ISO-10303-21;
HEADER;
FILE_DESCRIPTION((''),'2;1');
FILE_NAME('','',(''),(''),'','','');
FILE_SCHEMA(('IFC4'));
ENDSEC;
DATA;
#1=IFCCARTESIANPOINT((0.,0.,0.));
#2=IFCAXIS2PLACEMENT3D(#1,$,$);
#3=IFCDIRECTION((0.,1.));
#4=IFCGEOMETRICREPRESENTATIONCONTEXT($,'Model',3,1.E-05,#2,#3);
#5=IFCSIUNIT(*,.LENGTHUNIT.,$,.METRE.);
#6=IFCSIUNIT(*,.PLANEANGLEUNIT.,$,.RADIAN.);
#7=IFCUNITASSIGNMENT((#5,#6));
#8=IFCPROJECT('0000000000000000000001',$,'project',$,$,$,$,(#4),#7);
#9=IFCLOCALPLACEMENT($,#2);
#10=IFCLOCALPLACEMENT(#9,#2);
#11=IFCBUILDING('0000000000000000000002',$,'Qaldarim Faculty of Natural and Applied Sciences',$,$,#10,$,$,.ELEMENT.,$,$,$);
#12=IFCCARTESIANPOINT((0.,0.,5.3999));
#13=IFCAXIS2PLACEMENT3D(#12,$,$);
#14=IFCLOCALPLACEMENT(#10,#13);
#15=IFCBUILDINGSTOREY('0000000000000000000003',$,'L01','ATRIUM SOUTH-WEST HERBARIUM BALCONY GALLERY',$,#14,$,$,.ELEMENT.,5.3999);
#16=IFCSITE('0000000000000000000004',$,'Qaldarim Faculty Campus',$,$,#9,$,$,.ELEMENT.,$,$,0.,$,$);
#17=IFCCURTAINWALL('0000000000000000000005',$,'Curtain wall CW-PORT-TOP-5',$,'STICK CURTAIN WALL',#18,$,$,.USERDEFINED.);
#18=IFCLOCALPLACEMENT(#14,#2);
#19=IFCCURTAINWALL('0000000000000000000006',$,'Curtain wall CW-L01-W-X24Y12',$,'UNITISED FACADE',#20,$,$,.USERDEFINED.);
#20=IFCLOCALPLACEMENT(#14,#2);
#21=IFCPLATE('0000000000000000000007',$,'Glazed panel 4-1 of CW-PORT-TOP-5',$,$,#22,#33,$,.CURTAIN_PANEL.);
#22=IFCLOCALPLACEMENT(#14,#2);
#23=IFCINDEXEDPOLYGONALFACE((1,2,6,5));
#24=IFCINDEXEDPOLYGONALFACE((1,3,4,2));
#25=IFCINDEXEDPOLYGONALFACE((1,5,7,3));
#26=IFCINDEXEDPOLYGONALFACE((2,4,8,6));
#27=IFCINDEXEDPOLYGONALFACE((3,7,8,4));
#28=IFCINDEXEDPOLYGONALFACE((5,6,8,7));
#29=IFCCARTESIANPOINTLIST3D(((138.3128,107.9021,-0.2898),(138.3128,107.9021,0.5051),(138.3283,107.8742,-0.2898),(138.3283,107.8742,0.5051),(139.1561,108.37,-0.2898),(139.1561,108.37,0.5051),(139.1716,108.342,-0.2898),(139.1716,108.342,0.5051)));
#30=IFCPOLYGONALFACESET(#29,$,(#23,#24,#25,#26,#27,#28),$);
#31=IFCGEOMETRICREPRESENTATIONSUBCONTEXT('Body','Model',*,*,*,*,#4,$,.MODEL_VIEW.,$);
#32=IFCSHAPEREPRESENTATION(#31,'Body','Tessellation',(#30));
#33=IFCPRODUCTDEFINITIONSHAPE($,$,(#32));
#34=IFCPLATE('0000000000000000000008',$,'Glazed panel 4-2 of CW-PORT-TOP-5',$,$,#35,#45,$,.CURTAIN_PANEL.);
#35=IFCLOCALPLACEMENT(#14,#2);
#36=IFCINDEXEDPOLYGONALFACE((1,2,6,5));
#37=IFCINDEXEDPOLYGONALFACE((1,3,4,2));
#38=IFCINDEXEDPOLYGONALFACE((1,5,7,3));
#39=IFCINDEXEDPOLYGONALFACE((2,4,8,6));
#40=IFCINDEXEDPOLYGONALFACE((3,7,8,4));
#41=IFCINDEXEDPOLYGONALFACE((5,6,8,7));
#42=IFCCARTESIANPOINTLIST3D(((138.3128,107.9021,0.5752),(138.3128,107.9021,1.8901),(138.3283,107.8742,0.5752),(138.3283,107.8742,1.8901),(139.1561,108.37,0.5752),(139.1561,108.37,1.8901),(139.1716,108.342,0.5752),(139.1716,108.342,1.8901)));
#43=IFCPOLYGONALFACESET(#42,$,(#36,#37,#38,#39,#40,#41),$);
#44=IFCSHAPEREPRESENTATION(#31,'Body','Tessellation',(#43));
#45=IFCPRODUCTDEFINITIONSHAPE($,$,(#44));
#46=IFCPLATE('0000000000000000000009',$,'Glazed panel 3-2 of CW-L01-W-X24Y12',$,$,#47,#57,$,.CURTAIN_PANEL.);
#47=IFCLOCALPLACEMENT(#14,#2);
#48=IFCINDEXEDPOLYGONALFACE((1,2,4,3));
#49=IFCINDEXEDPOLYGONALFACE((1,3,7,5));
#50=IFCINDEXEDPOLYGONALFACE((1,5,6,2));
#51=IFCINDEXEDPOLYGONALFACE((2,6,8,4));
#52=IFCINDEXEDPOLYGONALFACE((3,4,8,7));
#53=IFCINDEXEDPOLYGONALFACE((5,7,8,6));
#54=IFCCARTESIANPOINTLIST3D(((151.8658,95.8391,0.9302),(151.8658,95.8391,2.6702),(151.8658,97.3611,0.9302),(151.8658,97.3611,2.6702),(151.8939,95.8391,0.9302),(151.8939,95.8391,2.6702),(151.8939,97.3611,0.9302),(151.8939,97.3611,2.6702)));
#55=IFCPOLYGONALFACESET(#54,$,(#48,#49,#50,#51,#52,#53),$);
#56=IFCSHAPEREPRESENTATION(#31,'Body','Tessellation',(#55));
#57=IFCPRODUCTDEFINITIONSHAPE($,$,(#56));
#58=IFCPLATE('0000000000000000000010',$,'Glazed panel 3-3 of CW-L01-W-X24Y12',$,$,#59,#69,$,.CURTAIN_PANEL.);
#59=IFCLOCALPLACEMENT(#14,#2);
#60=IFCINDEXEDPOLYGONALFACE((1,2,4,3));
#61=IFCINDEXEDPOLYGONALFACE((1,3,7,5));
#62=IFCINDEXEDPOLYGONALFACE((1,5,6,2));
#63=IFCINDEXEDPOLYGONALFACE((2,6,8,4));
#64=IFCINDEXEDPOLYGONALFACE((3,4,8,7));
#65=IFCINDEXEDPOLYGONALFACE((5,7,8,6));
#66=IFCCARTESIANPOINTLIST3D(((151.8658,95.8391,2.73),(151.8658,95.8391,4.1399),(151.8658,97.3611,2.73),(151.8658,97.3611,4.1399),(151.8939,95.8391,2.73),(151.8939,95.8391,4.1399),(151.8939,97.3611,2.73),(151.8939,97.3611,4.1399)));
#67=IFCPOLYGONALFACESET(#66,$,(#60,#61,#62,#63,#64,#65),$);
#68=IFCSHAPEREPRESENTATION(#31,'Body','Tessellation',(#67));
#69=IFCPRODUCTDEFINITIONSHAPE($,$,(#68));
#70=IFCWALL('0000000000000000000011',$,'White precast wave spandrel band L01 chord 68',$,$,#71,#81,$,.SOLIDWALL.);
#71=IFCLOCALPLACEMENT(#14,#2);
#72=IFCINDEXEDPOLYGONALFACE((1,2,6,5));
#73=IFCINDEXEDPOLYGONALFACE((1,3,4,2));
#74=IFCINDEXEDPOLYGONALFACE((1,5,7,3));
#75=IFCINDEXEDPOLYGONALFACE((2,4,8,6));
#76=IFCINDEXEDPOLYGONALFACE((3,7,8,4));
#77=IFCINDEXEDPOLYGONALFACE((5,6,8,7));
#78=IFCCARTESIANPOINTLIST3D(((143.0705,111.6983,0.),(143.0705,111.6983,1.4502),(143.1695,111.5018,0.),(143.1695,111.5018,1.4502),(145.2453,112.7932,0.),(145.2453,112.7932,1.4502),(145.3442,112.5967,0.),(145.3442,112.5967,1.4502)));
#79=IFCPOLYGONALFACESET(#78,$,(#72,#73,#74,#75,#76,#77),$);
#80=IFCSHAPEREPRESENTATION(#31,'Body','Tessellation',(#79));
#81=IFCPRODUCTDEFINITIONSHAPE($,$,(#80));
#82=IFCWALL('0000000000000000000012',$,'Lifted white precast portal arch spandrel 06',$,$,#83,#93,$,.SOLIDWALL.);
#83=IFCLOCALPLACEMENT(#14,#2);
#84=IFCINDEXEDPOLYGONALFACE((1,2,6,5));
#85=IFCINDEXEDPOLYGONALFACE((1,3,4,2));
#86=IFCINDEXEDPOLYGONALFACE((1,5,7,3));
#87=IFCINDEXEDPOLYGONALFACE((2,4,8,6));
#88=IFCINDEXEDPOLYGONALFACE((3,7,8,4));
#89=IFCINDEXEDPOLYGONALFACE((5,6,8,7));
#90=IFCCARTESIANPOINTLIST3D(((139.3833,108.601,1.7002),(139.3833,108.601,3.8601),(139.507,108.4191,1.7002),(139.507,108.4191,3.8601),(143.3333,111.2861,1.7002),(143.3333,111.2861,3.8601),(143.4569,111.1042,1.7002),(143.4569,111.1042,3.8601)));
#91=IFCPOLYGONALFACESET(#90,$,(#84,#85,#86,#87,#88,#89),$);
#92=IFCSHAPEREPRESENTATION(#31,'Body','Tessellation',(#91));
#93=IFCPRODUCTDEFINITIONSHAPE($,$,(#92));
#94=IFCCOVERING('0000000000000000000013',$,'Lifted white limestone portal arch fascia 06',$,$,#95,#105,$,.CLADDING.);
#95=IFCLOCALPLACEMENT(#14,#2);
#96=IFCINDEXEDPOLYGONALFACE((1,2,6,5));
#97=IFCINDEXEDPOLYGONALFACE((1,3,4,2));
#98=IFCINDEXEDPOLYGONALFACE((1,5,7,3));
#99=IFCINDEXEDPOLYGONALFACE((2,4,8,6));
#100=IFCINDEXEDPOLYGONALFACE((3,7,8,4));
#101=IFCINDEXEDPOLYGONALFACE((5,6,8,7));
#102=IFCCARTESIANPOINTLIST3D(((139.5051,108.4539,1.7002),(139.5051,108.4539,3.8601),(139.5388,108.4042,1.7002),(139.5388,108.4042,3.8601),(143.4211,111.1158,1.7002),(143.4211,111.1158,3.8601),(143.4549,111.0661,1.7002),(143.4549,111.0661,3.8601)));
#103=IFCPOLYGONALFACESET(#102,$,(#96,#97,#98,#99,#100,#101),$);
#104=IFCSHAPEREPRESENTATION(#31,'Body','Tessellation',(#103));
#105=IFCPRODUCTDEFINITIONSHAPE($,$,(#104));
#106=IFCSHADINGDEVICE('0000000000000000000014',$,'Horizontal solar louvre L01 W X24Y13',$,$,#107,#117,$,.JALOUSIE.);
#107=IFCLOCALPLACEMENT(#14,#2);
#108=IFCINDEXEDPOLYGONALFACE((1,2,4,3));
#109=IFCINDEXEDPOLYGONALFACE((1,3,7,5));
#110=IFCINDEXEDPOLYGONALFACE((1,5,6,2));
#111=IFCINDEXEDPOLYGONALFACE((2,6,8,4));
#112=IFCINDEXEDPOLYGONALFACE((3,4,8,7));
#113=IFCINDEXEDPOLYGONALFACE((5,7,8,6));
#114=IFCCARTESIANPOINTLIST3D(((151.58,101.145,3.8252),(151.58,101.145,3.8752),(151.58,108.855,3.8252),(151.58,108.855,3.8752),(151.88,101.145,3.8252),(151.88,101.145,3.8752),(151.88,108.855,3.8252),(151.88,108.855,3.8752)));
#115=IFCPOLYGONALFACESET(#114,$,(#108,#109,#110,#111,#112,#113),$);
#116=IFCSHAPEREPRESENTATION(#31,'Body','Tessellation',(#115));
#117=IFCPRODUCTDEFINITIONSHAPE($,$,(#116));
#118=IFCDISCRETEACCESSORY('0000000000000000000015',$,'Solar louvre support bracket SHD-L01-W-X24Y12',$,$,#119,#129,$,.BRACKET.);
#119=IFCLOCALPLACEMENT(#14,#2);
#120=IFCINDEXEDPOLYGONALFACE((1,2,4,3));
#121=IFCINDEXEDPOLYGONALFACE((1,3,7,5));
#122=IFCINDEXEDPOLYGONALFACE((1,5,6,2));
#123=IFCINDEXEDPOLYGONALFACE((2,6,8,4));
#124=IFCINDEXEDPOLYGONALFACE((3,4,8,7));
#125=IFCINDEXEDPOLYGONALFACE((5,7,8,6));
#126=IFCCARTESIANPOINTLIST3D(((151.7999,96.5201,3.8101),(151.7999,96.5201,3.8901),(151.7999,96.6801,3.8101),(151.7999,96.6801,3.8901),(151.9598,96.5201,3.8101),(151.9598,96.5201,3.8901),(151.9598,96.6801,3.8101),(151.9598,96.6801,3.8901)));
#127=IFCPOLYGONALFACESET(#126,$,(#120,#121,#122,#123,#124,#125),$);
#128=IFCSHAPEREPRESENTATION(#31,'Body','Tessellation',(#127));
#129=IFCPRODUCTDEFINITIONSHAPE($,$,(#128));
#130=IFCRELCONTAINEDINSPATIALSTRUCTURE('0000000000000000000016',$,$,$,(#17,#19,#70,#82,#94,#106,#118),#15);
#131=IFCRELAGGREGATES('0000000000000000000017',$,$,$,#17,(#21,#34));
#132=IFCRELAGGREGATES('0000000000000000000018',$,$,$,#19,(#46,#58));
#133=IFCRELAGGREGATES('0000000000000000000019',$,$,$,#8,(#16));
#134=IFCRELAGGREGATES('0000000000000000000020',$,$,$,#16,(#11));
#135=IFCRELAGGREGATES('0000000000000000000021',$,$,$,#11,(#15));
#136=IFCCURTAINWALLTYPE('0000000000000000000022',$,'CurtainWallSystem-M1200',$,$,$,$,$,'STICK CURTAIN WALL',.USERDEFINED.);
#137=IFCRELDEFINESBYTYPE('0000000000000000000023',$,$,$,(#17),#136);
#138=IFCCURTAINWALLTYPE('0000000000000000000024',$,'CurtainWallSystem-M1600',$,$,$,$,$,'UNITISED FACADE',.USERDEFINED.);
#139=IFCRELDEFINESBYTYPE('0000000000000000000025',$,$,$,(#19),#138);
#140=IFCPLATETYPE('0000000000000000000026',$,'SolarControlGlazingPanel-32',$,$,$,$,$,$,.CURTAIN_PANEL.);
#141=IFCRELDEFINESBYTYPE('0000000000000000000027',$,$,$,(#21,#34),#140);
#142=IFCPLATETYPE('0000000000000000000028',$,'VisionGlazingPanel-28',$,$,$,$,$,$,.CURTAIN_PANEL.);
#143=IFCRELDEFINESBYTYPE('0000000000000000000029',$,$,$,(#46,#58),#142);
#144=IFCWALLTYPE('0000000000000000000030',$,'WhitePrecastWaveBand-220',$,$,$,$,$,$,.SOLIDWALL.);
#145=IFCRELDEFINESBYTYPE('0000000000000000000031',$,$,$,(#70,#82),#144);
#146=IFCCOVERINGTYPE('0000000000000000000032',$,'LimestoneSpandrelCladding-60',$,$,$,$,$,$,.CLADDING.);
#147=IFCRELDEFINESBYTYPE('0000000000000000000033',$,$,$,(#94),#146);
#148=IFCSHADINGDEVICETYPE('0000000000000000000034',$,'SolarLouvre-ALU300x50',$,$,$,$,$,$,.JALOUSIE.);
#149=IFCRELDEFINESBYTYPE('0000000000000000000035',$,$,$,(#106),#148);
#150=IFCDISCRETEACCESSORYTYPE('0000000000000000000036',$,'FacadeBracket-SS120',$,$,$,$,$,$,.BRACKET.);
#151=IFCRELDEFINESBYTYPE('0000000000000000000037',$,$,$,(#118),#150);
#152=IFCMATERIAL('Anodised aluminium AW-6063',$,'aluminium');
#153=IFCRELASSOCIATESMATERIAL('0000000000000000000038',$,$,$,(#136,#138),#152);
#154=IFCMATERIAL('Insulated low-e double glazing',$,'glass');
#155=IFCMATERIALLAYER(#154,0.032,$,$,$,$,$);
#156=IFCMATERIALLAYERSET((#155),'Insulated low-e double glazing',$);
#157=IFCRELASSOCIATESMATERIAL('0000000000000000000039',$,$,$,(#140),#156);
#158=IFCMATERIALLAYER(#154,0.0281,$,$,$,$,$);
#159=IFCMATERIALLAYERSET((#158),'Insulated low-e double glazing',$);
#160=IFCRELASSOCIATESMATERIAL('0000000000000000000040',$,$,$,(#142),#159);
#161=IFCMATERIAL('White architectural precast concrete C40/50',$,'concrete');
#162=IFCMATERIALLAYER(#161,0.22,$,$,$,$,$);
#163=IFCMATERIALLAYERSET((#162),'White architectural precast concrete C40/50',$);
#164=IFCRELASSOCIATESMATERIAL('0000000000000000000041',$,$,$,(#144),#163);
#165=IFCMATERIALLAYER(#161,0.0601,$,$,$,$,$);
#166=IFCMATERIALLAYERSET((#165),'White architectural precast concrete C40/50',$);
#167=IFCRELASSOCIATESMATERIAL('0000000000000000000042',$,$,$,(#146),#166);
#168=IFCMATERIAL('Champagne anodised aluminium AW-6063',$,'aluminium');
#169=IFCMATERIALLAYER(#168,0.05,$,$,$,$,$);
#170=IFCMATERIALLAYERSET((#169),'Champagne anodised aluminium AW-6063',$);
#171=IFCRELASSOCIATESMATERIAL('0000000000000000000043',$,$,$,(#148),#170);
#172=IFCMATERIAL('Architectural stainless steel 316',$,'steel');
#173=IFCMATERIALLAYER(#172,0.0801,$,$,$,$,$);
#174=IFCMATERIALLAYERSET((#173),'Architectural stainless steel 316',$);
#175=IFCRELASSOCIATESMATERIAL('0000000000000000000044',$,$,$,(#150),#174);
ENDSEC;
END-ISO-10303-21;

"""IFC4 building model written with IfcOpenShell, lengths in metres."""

from ifc_helpers import new_model, si_unit, direction, frame, frame_2d, origin, origin_2d, place, context, subcontext, project, spatial, rectangle, extrude, material, layer, layer_set, type_object, element, aggregate, save


model = new_model("IFC4")

# Units and contexts
model_context = context("Model", 3, precision=1e-05, world=origin(), true_north=direction((0.0, 1.0)))
body_context = subcontext(model_context, "Body", "Model", "MODEL_VIEW")
ifc_project = project(units=[si_unit("LENGTHUNIT", "METRE"), si_unit("PLANEANGLEUNIT", "RADIAN")], contexts=[model_context])

# Site, building, storey
site_placement = place(None, origin())
site = spatial("IfcSite", under=ifc_project, at=site_placement, Name="Qaldarim Faculty Campus", CompositionType="ELEMENT", RefElevation=0.0)
building_placement = place(site_placement, origin())
building = spatial("IfcBuilding", under=site, at=building_placement, Name="Qaldarim Faculty of Natural and Applied Sciences", CompositionType="ELEMENT")
storey_placement = place(building_placement, frame((0.0, 0.0, 5.3999)))
storey = spatial("IfcBuildingStorey", under=building, at=storey_placement, Name="L01", Description="ATRIUM SOUTH-WEST HERBARIUM BALCONY GALLERY", CompositionType="ELEMENT", Elevation=5.3999)

# Curtain wall
ifc_material_1 = material(Name="Anodised aluminium AW-6063", Category="aluminium")
curtain_wall_type_1 = type_object("IfcCurtainWallType", Name="CurtainWallSystem-M1200", ElementType="STICK CURTAIN WALL", PredefinedType="USERDEFINED", material=ifc_material_1)
curtain_wall_1_placement = place(storey_placement, origin())
curtain_wall_1 = element("IfcCurtainWall", 1, at=curtain_wall_1_placement, inside=storey, type_object=curtain_wall_type_1, Name="Curtain wall CW-PORT-TOP-5", ObjectType="STICK CURTAIN WALL", PredefinedType="USERDEFINED")

# Curtain wall
curtain_wall_type_2 = type_object("IfcCurtainWallType", Name="CurtainWallSystem-M1600", ElementType="UNITISED FACADE", PredefinedType="USERDEFINED", material=ifc_material_1)
curtain_wall_2_placement = place(storey_placement, origin())
curtain_wall_2 = element("IfcCurtainWall", 2, at=curtain_wall_2_placement, inside=storey, type_object=curtain_wall_type_2, Name="Curtain wall CW-L01-W-X24Y12", ObjectType="UNITISED FACADE", PredefinedType="USERDEFINED")

# Plates
ifc_material_2 = material(Name="Insulated low-e double glazing", Category="glass")
ifc_layer_1 = layer(ifc_material_2, 0.032)
ifc_layer_set_1 = layer_set([ifc_layer_1], Name="Insulated low-e double glazing")
plate_type_1 = type_object("IfcPlateType", Name="SolarControlGlazingPanel-32", PredefinedType="CURTAIN_PANEL", material=ifc_layer_set_1)
plate_1_placement = place(storey_placement, frame((138.7422, 108.1221, -0.2898), z_axis=(0.0, 0.0, 1.0), x_axis=(0.874433, 0.485145, 0.0)))
plate_1 = element("IfcPlate", 3, at=plate_1_placement, type_object=plate_type_1, Name="Glazed panel 4-1 of CW-PORT-TOP-5", PredefinedType="CURTAIN_PANEL", context=body_context, shape_type="SweptSolid", body=[
    extrude(rectangle(XDim=0.9644, YDim=0.032, at=origin_2d()), origin(), (0.0, 0.0, 1.0), 0.7949),
])
plate_2_placement = place(storey_placement, frame((138.7422, 108.1221, 0.5752), z_axis=(0.0, 0.0, 1.0), x_axis=(0.874433, 0.485145, 0.0)))
plate_2 = element("IfcPlate", 4, at=plate_2_placement, type_object=plate_type_1, Name="Glazed panel 4-2 of CW-PORT-TOP-5", PredefinedType="CURTAIN_PANEL", context=body_context, shape_type="SweptSolid", body=[
    extrude(rectangle(XDim=0.9644, YDim=0.032, at=origin_2d()), origin(), (0.0, 0.0, 1.0), 1.3149),
])
aggregate(curtain_wall_1, [plate_1, plate_2])
ifc_layer_2 = layer(ifc_material_2, 0.0281)
ifc_layer_set_2 = layer_set([ifc_layer_2], Name="Insulated low-e double glazing")
plate_type_2 = type_object("IfcPlateType", Name="VisionGlazingPanel-28", PredefinedType="CURTAIN_PANEL", material=ifc_layer_set_2)
plate_3_placement = place(storey_placement, frame((151.8799, 96.6001, 0.9302), z_axis=(0.0, 0.0, 1.0), x_axis=(0.0, -1.0, 0.0)))
plate_3 = element("IfcPlate", 5, at=plate_3_placement, type_object=plate_type_2, Name="Glazed panel 3-2 of CW-L01-W-X24Y12", PredefinedType="CURTAIN_PANEL", context=body_context, shape_type="SweptSolid", body=[
    extrude(rectangle(XDim=1.522, YDim=0.0281, at=origin_2d()), origin(), (0.0, 0.0, 1.0), 1.74),
])
plate_4_placement = place(storey_placement, frame((151.8799, 96.6001, 2.73), z_axis=(0.0, 0.0, 1.0), x_axis=(0.0, -1.0, 0.0)))
plate_4 = element("IfcPlate", 6, at=plate_4_placement, type_object=plate_type_2, Name="Glazed panel 3-3 of CW-L01-W-X24Y12", PredefinedType="CURTAIN_PANEL", context=body_context, shape_type="SweptSolid", body=[
    extrude(rectangle(XDim=1.522, YDim=0.0281, at=origin_2d()), origin(), (0.0, 0.0, 1.0), 1.4099),
])
aggregate(curtain_wall_2, [plate_3, plate_4])

# Walls
ifc_material_3 = material(Name="White architectural precast concrete C40/50", Category="concrete")
ifc_layer_3 = layer(ifc_material_3, 0.22)
ifc_layer_set_3 = layer_set([ifc_layer_3], Name="White architectural precast concrete C40/50")
wall_type = type_object("IfcWallType", Name="WhitePrecastWaveBand-220", PredefinedType="SOLIDWALL", material=ifc_layer_set_3)
wall_1_placement = place(storey_placement, frame((143.1201, 111.6001, 0.0), z_axis=(0.0, 0.0, 1.0), x_axis=(0.89318, 0.449698, 0.0)))
element("IfcWall", 7, at=wall_1_placement, inside=storey, type_object=wall_type, Name="White precast wave spandrel band L01 chord 68", PredefinedType="SOLIDWALL", context=body_context, shape_type="SweptSolid", body=[
    extrude(rectangle(XDim=2.4348, YDim=0.22, at=frame_2d((1.2173, 0.0))), origin(), (0.0, 0.0, 1.0), 1.4502),
])
wall_2_placement = place(storey_placement, frame((139.4451, 108.51, 1.7002), z_axis=(0.0, 0.0, 1.0), x_axis=(0.827015, 0.56218, 0.0)))
element("IfcWall", 8, at=wall_2_placement, inside=storey, type_object=wall_type, Name="Lifted white precast portal arch spandrel 06", PredefinedType="SOLIDWALL", context=body_context, shape_type="SweptSolid", body=[
    extrude(rectangle(XDim=4.7761, YDim=0.22, at=frame_2d((2.3882, 0.0))), origin(), (0.0, 0.0, 1.0), 2.1599),
])

# Covering
ifc_layer_4 = layer(ifc_material_3, 0.0601)
ifc_layer_set_4 = layer_set([ifc_layer_4], Name="White architectural precast concrete C40/50")
covering_type = type_object("IfcCoveringType", Name="LimestoneSpandrelCladding-60", PredefinedType="CLADDING", material=ifc_layer_set_4)
covering_placement = place(storey_placement, frame((141.48, 109.76, 1.7002), z_axis=(0.0, 0.0, 1.0), x_axis=(0.827022, 0.56217, 0.0)))
element("IfcCovering", 9, at=covering_placement, inside=storey, type_object=covering_type, Name="Lifted white limestone portal arch fascia 06", PredefinedType="CLADDING", context=body_context, shape_type="SweptSolid", body=[
    extrude(rectangle(XDim=4.7351, YDim=0.0601, at=origin_2d()), origin(), (0.0, 0.0, 1.0), 2.1599),
])

# Shading device
ifc_material_4 = material(Name="Champagne anodised aluminium AW-6063", Category="aluminium")
ifc_layer_5 = layer(ifc_material_4, 0.05)
ifc_layer_set_5 = layer_set([ifc_layer_5], Name="Champagne anodised aluminium AW-6063")
shading_device_type = type_object("IfcShadingDeviceType", Name="SolarLouvre-ALU300x50", PredefinedType="JALOUSIE", material=ifc_layer_set_5)
shading_device_placement = place(storey_placement, frame((151.73, 105.0, 3.8252), z_axis=(0.0, 0.0, 1.0), x_axis=(0.0, 1.0, 0.0)))
element("IfcShadingDevice", 10, at=shading_device_placement, inside=storey, type_object=shading_device_type, Name="Horizontal solar louvre L01 W X24Y13", PredefinedType="JALOUSIE", context=body_context, shape_type="SweptSolid", body=[
    extrude(rectangle(XDim=7.71, YDim=0.3, at=origin_2d()), origin(), (0.0, 0.0, 1.0), 0.05),
])

# Discrete accessory
ifc_material_5 = material(Name="Architectural stainless steel 316", Category="steel")
ifc_layer_6 = layer(ifc_material_5, 0.0801)
ifc_layer_set_6 = layer_set([ifc_layer_6], Name="Architectural stainless steel 316")
discrete_accessory_type = type_object("IfcDiscreteAccessoryType", Name="FacadeBracket-SS120", PredefinedType="BRACKET", material=ifc_layer_set_6)
discrete_accessory_placement = place(storey_placement, frame((151.8799, 96.6001, 3.8101), z_axis=(0.0, 0.0, 1.0), x_axis=(0.0, 1.0, 0.0)))
element("IfcDiscreteAccessory", 11, at=discrete_accessory_placement, inside=storey, type_object=discrete_accessory_type, Name="Solar louvre support bracket SHD-L01-W-X24Y12", PredefinedType="BRACKET", context=body_context, shape_type="SweptSolid", body=[
    extrude(rectangle(XDim=0.1599, YDim=0.1599, at=origin_2d()), origin(), (0.0, 0.0, 1.0), 0.0801),
])

save(model, "model.ifc")
